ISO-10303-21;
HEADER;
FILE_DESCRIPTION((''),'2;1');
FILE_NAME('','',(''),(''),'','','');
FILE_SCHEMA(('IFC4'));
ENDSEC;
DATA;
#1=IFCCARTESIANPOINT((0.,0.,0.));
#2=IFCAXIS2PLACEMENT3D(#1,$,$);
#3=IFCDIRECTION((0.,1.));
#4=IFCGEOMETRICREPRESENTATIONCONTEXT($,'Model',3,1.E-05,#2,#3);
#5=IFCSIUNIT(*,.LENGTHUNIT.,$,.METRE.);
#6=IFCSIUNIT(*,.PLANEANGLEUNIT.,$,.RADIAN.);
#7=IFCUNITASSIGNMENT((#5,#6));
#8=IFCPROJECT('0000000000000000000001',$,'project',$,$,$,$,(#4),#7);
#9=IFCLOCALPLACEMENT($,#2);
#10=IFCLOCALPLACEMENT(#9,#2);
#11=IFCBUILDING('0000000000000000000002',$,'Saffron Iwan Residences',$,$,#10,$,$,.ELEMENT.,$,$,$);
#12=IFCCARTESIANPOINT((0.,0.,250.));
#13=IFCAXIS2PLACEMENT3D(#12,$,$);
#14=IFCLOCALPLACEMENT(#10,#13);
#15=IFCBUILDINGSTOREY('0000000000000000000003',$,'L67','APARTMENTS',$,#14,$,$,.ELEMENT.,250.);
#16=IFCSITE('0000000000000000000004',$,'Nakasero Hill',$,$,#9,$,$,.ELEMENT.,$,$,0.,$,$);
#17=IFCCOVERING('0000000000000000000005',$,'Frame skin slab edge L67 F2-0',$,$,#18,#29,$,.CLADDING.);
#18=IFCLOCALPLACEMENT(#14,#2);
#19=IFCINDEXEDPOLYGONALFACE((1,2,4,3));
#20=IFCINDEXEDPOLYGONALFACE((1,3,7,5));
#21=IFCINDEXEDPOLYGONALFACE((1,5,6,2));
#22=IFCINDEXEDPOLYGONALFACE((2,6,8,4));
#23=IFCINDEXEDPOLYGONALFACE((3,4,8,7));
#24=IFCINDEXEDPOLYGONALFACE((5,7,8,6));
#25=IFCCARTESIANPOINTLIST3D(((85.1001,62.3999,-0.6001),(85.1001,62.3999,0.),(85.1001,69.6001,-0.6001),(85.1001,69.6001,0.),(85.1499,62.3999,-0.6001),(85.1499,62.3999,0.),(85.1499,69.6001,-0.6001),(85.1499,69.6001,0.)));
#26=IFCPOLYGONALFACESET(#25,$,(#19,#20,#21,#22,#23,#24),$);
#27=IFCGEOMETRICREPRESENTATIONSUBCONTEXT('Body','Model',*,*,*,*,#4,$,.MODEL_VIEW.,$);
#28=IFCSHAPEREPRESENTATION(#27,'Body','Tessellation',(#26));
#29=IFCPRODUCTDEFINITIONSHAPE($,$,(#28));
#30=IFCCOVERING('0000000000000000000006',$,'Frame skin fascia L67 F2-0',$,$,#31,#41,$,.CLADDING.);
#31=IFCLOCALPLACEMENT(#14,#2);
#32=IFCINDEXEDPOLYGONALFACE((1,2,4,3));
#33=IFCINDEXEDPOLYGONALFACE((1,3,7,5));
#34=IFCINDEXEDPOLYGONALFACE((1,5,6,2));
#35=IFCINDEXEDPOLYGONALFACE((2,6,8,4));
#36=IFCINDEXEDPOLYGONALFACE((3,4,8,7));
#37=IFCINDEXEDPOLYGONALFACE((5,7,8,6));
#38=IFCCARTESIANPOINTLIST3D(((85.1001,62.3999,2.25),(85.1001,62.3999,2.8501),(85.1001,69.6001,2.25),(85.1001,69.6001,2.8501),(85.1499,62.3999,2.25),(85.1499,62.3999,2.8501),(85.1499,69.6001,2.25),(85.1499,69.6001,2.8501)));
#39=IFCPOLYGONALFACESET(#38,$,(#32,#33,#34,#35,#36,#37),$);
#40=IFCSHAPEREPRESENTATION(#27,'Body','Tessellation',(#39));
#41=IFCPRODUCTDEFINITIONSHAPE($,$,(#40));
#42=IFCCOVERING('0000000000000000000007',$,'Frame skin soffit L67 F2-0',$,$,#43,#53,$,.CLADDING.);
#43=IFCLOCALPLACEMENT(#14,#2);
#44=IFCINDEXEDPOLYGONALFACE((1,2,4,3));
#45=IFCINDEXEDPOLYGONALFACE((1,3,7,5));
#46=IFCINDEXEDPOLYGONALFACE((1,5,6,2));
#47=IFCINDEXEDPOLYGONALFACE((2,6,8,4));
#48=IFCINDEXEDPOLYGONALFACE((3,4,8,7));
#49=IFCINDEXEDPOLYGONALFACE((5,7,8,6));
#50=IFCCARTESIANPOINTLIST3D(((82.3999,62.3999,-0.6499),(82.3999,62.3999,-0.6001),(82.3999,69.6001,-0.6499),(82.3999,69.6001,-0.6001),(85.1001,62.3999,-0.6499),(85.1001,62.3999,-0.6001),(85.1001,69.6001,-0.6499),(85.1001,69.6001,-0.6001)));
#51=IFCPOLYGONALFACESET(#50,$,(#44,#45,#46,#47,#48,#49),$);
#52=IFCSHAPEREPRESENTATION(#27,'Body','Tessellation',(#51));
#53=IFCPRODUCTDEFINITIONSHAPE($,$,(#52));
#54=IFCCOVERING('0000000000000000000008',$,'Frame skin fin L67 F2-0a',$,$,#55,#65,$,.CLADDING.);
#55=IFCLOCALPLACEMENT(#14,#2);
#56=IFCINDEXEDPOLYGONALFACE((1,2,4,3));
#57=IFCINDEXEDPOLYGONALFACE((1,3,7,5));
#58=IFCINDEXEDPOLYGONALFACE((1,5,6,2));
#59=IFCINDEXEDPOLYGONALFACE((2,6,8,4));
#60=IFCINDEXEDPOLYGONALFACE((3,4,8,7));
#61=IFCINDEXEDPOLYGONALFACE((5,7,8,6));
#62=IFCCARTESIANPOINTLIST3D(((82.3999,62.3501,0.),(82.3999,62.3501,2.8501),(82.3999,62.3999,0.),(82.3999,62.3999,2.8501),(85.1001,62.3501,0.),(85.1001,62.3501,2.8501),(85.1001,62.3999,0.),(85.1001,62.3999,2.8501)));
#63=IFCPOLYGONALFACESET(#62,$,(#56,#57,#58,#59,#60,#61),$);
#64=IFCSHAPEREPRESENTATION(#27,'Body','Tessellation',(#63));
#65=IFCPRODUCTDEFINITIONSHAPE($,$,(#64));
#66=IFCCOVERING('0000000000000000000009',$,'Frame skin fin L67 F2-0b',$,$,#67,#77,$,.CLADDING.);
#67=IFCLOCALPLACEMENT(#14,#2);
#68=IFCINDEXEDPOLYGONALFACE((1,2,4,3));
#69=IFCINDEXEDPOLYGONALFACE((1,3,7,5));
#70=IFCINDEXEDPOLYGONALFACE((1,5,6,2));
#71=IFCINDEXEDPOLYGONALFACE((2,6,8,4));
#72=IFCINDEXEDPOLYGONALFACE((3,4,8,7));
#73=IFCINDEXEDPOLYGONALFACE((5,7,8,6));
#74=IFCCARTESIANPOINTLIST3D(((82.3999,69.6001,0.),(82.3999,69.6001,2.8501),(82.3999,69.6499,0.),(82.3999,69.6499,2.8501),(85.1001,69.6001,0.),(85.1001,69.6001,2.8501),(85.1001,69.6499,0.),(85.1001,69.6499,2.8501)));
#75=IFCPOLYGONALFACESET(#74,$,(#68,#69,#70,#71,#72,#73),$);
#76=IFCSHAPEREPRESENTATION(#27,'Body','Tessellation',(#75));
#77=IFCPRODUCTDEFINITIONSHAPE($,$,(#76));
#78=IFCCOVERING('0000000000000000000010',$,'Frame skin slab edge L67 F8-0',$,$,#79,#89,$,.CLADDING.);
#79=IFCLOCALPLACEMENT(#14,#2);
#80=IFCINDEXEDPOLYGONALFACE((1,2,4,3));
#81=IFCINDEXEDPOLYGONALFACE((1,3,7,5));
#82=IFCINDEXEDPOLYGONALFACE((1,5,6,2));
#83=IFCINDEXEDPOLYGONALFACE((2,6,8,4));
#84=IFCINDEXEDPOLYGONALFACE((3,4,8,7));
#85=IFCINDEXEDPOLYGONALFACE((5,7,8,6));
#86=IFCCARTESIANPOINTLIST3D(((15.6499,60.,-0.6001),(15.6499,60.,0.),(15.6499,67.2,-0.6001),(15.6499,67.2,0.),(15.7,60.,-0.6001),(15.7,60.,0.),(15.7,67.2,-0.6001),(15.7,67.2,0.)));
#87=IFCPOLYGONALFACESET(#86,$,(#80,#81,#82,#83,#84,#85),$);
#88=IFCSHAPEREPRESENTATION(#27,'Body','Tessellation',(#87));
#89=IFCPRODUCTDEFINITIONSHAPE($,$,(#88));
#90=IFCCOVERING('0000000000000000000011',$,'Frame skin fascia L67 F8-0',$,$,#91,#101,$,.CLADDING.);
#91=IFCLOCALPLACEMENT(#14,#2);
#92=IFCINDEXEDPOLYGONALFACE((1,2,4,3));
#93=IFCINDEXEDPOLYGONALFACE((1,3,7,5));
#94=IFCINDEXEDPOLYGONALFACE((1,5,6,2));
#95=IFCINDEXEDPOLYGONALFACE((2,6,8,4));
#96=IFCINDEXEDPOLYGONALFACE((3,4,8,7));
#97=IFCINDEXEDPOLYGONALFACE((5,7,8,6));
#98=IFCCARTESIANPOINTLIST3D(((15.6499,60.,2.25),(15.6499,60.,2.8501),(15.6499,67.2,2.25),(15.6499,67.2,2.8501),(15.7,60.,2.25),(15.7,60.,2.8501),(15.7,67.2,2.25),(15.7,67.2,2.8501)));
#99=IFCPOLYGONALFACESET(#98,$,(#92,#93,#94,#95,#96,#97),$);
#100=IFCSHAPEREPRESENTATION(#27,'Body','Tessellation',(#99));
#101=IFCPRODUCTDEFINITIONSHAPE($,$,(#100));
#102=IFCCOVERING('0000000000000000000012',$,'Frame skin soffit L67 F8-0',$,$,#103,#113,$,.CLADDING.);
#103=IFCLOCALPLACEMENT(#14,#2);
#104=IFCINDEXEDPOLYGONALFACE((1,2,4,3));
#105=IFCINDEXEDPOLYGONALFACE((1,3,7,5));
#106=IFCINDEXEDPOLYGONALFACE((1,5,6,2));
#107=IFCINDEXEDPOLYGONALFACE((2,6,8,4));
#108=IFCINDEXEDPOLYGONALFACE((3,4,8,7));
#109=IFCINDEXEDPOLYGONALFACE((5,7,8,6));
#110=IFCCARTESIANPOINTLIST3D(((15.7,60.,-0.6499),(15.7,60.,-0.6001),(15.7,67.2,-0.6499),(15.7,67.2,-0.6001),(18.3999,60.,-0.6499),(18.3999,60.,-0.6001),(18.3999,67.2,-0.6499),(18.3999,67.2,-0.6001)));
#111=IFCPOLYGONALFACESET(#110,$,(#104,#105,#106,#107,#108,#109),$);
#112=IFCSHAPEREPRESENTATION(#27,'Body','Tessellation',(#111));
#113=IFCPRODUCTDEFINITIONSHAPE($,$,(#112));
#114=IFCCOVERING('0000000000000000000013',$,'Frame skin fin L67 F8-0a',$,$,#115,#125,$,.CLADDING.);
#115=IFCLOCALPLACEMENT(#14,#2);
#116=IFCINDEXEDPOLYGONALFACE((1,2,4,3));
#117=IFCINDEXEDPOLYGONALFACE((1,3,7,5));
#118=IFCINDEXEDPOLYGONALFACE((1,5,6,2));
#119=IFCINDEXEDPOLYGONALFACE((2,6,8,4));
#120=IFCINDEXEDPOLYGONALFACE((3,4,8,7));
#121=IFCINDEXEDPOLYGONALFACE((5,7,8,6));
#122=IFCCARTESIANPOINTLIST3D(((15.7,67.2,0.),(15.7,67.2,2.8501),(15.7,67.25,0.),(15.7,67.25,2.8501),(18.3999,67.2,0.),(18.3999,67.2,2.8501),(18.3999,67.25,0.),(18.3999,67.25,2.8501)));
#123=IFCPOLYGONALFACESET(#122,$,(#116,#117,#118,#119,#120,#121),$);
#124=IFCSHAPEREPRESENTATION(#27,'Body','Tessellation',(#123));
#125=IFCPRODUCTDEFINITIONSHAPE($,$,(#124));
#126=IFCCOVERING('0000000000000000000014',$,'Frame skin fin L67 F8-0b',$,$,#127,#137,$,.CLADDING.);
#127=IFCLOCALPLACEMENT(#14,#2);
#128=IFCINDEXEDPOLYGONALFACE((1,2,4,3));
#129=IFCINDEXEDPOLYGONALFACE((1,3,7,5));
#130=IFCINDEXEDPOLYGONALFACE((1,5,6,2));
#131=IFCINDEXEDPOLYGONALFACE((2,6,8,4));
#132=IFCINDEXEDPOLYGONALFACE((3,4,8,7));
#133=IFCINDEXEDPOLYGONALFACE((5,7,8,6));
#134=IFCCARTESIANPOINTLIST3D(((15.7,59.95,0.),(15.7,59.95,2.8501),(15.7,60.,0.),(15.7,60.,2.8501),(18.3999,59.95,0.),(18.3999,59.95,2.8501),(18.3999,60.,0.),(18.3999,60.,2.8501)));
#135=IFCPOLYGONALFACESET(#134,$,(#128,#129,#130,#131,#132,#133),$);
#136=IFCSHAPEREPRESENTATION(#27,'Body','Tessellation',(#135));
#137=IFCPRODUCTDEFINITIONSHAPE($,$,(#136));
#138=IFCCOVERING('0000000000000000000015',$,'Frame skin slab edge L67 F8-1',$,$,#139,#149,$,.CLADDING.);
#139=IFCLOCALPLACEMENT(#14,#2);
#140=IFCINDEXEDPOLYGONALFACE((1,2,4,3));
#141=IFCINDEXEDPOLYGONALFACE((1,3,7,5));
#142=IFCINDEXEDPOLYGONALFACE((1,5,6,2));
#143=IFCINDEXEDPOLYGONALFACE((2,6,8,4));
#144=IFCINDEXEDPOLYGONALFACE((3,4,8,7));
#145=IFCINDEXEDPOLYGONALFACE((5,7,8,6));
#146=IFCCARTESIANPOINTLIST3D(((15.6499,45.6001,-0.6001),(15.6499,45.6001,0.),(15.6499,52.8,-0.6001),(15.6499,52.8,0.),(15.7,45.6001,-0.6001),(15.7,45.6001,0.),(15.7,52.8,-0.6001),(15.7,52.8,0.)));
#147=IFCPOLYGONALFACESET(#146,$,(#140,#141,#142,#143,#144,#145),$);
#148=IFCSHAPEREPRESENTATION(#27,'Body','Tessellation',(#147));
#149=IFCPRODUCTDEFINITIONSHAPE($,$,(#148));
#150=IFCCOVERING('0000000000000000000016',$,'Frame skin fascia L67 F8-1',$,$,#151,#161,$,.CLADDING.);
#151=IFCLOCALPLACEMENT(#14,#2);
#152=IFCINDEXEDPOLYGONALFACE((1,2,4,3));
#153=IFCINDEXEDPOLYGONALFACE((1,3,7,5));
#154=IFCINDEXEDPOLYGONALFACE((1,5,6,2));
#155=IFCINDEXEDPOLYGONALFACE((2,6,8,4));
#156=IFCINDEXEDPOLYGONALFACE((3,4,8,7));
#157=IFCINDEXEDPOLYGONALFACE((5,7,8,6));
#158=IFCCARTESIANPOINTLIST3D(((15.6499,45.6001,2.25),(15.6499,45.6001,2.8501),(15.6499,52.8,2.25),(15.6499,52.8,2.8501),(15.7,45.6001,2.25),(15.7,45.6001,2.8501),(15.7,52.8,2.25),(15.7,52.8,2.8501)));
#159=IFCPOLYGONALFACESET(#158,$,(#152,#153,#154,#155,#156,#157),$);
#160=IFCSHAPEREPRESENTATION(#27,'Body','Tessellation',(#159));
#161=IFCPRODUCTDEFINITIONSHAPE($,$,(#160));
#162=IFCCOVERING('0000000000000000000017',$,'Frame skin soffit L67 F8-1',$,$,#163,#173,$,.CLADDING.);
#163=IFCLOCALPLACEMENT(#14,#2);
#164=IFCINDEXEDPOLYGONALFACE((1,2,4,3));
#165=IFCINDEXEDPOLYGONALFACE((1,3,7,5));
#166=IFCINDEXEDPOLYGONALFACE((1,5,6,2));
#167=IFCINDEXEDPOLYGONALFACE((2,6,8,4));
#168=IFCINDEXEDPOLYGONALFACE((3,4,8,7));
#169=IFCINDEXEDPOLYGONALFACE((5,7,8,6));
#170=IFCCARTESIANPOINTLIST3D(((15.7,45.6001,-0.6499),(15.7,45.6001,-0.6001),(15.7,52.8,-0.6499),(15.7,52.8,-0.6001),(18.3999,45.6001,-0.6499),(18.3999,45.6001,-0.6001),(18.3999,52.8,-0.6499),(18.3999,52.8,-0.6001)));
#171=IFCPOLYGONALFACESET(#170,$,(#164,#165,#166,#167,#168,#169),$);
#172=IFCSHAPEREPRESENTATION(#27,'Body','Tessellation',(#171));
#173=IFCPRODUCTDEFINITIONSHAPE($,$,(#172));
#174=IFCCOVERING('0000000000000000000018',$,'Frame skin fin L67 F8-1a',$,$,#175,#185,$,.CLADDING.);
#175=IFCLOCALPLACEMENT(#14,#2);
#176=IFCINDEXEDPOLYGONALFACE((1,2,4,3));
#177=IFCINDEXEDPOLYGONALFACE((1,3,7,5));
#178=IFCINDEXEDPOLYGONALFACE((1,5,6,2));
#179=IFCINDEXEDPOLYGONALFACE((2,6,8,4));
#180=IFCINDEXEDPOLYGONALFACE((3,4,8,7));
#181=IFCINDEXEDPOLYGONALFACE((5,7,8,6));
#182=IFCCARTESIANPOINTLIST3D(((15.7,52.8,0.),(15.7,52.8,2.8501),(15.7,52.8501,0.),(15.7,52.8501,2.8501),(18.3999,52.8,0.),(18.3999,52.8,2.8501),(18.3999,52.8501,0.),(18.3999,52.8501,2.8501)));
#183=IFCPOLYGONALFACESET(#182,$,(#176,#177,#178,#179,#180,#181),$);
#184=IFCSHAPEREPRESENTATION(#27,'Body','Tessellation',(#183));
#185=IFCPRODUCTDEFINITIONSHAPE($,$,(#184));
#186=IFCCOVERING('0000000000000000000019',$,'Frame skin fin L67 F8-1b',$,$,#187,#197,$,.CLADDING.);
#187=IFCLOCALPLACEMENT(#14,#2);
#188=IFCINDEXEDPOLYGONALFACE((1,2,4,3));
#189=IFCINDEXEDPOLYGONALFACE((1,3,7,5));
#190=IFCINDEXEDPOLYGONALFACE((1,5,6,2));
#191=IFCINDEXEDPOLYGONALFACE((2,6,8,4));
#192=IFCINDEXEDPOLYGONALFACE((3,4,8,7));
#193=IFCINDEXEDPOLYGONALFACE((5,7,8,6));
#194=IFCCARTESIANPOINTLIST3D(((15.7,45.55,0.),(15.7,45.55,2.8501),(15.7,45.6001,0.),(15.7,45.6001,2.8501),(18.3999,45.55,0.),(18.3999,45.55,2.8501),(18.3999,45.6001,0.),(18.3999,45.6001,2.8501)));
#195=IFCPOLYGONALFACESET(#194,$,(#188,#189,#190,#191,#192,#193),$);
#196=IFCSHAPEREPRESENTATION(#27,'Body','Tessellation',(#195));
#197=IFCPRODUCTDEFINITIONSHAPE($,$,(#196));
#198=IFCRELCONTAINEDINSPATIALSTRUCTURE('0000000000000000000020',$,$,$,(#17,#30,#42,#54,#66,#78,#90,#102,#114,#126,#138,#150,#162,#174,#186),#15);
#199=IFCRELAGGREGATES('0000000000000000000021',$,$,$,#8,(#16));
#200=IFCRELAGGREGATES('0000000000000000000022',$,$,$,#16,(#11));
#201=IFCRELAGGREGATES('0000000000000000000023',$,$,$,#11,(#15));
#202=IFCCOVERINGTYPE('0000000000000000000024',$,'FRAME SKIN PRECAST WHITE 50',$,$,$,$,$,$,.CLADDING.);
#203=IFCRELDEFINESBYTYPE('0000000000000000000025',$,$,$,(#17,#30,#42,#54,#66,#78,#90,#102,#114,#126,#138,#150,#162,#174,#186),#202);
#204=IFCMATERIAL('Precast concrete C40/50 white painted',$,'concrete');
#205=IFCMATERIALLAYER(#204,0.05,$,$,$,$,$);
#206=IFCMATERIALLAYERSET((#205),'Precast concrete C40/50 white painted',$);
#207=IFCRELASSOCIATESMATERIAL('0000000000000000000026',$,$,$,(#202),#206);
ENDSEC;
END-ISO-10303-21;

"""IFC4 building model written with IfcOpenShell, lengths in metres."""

from ifc_helpers import new_model, si_unit, direction, frame, origin, place, context, subcontext, project, spatial, polyline, outline, extrude, material, layer, layer_set, type_object, element, save


model = new_model("IFC4")

# Units and contexts
model_context = context("Model", 3, precision=1e-05, world=origin(), true_north=direction((0.0, 1.0)))
body_context = subcontext(model_context, "Body", "Model", "MODEL_VIEW")
ifc_project = project(units=[si_unit("LENGTHUNIT", "METRE"), si_unit("PLANEANGLEUNIT", "RADIAN")], contexts=[model_context])

# Site, building, storey
site_placement = place(None, origin())
site = spatial("IfcSite", under=ifc_project, at=site_placement, Name="Nakasero Hill", CompositionType="ELEMENT", RefElevation=0.0)
building_placement = place(site_placement, origin())
building = spatial("IfcBuilding", under=site, at=building_placement, Name="Saffron Iwan Residences", CompositionType="ELEMENT")
storey_placement = place(building_placement, frame((0.0, 0.0, 250.0)))
storey = spatial("IfcBuildingStorey", under=building, at=storey_placement, Name="L67", Description="APARTMENTS", CompositionType="ELEMENT", Elevation=250.0)

# Coverings
ifc_material_1 = material(Name="Precast concrete C40/50 white painted", Category="concrete")
ifc_layer_1 = layer(ifc_material_1, 0.05)
ifc_layer_set_1 = layer_set([ifc_layer_1], Name="Precast concrete C40/50 white painted")
covering_type_1 = type_object("IfcCoveringType", Name="FRAME SKIN PRECAST WHITE 50", PredefinedType="CLADDING", material=ifc_layer_set_1)
for number, where, name in (
    (1, (0.0, 0.0, -0.6001), "Frame skin slab edge L67 F2-0"),
    (2, (0.0, 0.0, 2.25), "Frame skin fascia L67 F2-0"),
):
    element("IfcCovering", number, at=place(storey_placement, frame(where)), inside=storey, type_object=covering_type_1, Name=name, PredefinedType="CLADDING", context=body_context, shape_type="SweptSolid", body=[
        extrude(outline(polyline([(85.1499, 62.3999), (85.1499, 69.6001), (85.1001, 69.6001), (85.1001, 62.3999), (85.1499, 62.3999)])), origin(), (0.0, 0.0, 1.0), 0.6001),
    ])
covering_1_placement = place(storey_placement, frame((0.0, 0.0, -0.6499)))
element("IfcCovering", 3, at=covering_1_placement, inside=storey, type_object=covering_type_1, Name="Frame skin soffit L67 F2-0", PredefinedType="CLADDING", context=body_context, shape_type="SweptSolid", body=[
    extrude(outline(polyline([(85.1001, 62.3999), (85.1001, 69.6001), (82.3999, 69.6001), (82.3999, 62.3999), (85.1001, 62.3999)])), origin(), (0.0, 0.0, 1.0), 0.0498),
])
covering_2_placement = place(storey_placement, origin())
element("IfcCovering", 4, at=covering_2_placement, inside=storey, type_object=covering_type_1, Name="Frame skin fin L67 F2-0a", PredefinedType="CLADDING", context=body_context, shape_type="SweptSolid", body=[
    extrude(outline(polyline([(85.1001, 62.3501), (85.1001, 62.3999), (82.3999, 62.3999), (82.3999, 62.3501), (85.1001, 62.3501)])), origin(), (0.0, 0.0, 1.0), 2.8501),
])
covering_3_placement = place(storey_placement, origin())
element("IfcCovering", 5, at=covering_3_placement, inside=storey, type_object=covering_type_1, Name="Frame skin fin L67 F2-0b", PredefinedType="CLADDING", context=body_context, shape_type="SweptSolid", body=[
    extrude(outline(polyline([(85.1001, 69.6001), (85.1001, 69.6499), (82.3999, 69.6499), (82.3999, 69.6001), (85.1001, 69.6001)])), origin(), (0.0, 0.0, 1.0), 2.8501),
])
for number, where, name in (
    (6, (0.0, 0.0, -0.6001), "Frame skin slab edge L67 F8-0"),
    (7, (0.0, 0.0, 2.25), "Frame skin fascia L67 F8-0"),
):
    element("IfcCovering", number, at=place(storey_placement, frame(where)), inside=storey, type_object=covering_type_1, Name=name, PredefinedType="CLADDING", context=body_context, shape_type="SweptSolid", body=[
        extrude(outline(polyline([(15.6499, 67.2), (15.6499, 60.0), (15.7, 60.0), (15.7, 67.2), (15.6499, 67.2)])), origin(), (0.0, 0.0, 1.0), 0.6001),
    ])
covering_4_placement = place(storey_placement, frame((0.0, 0.0, -0.6499)))
element("IfcCovering", 8, at=covering_4_placement, inside=storey, type_object=covering_type_1, Name="Frame skin soffit L67 F8-0", PredefinedType="CLADDING", context=body_context, shape_type="SweptSolid", body=[
    extrude(outline(polyline([(15.7, 67.2), (15.7, 60.0), (18.3999, 60.0), (18.3999, 67.2), (15.7, 67.2)])), origin(), (0.0, 0.0, 1.0), 0.0498),
])
covering_5_placement = place(storey_placement, origin())
element("IfcCovering", 9, at=covering_5_placement, inside=storey, type_object=covering_type_1, Name="Frame skin fin L67 F8-0a", PredefinedType="CLADDING", context=body_context, shape_type="SweptSolid", body=[
    extrude(outline(polyline([(15.7, 67.25), (15.7, 67.2), (18.3999, 67.2), (18.3999, 67.25), (15.7, 67.25)])), origin(), (0.0, 0.0, 1.0), 2.8501),
])
covering_6_placement = place(storey_placement, origin())
element("IfcCovering", 10, at=covering_6_placement, inside=storey, type_object=covering_type_1, Name="Frame skin fin L67 F8-0b", PredefinedType="CLADDING", context=body_context, shape_type="SweptSolid", body=[
    extrude(outline(polyline([(15.7, 60.0), (15.7, 59.95), (18.3999, 59.95), (18.3999, 60.0), (15.7, 60.0)])), origin(), (0.0, 0.0, 1.0), 2.8501),
])
for number, where, name in (
    (11, (0.0, 0.0, -0.6001), "Frame skin slab edge L67 F8-1"),
    (12, (0.0, 0.0, 2.25), "Frame skin fascia L67 F8-1"),
):
    element("IfcCovering", number, at=place(storey_placement, frame(where)), inside=storey, type_object=covering_type_1, Name=name, PredefinedType="CLADDING", context=body_context, shape_type="SweptSolid", body=[
        extrude(outline(polyline([(15.6499, 52.8), (15.6499, 45.6001), (15.7, 45.6001), (15.7, 52.8), (15.6499, 52.8)])), origin(), (0.0, 0.0, 1.0), 0.6001),
    ])
covering_7_placement = place(storey_placement, frame((0.0, 0.0, -0.6499)))
element("IfcCovering", 13, at=covering_7_placement, inside=storey, type_object=covering_type_1, Name="Frame skin soffit L67 F8-1", PredefinedType="CLADDING", context=body_context, shape_type="SweptSolid", body=[
    extrude(outline(polyline([(15.7, 52.8), (15.7, 45.6001), (18.3999, 45.6001), (18.3999, 52.8), (15.7, 52.8)])), origin(), (0.0, 0.0, 1.0), 0.0498),
])
covering_8_placement = place(storey_placement, origin())
element("IfcCovering", 14, at=covering_8_placement, inside=storey, type_object=covering_type_1, Name="Frame skin fin L67 F8-1a", PredefinedType="CLADDING", context=body_context, shape_type="SweptSolid", body=[
    extrude(outline(polyline([(15.7, 52.8501), (15.7, 52.8), (18.3999, 52.8), (18.3999, 52.8501), (15.7, 52.8501)])), origin(), (0.0, 0.0, 1.0), 2.8501),
])
covering_9_placement = place(storey_placement, origin())
element("IfcCovering", 15, at=covering_9_placement, inside=storey, type_object=covering_type_1, Name="Frame skin fin L67 F8-1b", PredefinedType="CLADDING", context=body_context, shape_type="SweptSolid", body=[
    extrude(outline(polyline([(15.7, 45.6001), (15.7, 45.55), (18.3999, 45.55), (18.3999, 45.6001), (15.7, 45.6001)])), origin(), (0.0, 0.0, 1.0), 2.8501),
])

save(model, "model.ifc")
